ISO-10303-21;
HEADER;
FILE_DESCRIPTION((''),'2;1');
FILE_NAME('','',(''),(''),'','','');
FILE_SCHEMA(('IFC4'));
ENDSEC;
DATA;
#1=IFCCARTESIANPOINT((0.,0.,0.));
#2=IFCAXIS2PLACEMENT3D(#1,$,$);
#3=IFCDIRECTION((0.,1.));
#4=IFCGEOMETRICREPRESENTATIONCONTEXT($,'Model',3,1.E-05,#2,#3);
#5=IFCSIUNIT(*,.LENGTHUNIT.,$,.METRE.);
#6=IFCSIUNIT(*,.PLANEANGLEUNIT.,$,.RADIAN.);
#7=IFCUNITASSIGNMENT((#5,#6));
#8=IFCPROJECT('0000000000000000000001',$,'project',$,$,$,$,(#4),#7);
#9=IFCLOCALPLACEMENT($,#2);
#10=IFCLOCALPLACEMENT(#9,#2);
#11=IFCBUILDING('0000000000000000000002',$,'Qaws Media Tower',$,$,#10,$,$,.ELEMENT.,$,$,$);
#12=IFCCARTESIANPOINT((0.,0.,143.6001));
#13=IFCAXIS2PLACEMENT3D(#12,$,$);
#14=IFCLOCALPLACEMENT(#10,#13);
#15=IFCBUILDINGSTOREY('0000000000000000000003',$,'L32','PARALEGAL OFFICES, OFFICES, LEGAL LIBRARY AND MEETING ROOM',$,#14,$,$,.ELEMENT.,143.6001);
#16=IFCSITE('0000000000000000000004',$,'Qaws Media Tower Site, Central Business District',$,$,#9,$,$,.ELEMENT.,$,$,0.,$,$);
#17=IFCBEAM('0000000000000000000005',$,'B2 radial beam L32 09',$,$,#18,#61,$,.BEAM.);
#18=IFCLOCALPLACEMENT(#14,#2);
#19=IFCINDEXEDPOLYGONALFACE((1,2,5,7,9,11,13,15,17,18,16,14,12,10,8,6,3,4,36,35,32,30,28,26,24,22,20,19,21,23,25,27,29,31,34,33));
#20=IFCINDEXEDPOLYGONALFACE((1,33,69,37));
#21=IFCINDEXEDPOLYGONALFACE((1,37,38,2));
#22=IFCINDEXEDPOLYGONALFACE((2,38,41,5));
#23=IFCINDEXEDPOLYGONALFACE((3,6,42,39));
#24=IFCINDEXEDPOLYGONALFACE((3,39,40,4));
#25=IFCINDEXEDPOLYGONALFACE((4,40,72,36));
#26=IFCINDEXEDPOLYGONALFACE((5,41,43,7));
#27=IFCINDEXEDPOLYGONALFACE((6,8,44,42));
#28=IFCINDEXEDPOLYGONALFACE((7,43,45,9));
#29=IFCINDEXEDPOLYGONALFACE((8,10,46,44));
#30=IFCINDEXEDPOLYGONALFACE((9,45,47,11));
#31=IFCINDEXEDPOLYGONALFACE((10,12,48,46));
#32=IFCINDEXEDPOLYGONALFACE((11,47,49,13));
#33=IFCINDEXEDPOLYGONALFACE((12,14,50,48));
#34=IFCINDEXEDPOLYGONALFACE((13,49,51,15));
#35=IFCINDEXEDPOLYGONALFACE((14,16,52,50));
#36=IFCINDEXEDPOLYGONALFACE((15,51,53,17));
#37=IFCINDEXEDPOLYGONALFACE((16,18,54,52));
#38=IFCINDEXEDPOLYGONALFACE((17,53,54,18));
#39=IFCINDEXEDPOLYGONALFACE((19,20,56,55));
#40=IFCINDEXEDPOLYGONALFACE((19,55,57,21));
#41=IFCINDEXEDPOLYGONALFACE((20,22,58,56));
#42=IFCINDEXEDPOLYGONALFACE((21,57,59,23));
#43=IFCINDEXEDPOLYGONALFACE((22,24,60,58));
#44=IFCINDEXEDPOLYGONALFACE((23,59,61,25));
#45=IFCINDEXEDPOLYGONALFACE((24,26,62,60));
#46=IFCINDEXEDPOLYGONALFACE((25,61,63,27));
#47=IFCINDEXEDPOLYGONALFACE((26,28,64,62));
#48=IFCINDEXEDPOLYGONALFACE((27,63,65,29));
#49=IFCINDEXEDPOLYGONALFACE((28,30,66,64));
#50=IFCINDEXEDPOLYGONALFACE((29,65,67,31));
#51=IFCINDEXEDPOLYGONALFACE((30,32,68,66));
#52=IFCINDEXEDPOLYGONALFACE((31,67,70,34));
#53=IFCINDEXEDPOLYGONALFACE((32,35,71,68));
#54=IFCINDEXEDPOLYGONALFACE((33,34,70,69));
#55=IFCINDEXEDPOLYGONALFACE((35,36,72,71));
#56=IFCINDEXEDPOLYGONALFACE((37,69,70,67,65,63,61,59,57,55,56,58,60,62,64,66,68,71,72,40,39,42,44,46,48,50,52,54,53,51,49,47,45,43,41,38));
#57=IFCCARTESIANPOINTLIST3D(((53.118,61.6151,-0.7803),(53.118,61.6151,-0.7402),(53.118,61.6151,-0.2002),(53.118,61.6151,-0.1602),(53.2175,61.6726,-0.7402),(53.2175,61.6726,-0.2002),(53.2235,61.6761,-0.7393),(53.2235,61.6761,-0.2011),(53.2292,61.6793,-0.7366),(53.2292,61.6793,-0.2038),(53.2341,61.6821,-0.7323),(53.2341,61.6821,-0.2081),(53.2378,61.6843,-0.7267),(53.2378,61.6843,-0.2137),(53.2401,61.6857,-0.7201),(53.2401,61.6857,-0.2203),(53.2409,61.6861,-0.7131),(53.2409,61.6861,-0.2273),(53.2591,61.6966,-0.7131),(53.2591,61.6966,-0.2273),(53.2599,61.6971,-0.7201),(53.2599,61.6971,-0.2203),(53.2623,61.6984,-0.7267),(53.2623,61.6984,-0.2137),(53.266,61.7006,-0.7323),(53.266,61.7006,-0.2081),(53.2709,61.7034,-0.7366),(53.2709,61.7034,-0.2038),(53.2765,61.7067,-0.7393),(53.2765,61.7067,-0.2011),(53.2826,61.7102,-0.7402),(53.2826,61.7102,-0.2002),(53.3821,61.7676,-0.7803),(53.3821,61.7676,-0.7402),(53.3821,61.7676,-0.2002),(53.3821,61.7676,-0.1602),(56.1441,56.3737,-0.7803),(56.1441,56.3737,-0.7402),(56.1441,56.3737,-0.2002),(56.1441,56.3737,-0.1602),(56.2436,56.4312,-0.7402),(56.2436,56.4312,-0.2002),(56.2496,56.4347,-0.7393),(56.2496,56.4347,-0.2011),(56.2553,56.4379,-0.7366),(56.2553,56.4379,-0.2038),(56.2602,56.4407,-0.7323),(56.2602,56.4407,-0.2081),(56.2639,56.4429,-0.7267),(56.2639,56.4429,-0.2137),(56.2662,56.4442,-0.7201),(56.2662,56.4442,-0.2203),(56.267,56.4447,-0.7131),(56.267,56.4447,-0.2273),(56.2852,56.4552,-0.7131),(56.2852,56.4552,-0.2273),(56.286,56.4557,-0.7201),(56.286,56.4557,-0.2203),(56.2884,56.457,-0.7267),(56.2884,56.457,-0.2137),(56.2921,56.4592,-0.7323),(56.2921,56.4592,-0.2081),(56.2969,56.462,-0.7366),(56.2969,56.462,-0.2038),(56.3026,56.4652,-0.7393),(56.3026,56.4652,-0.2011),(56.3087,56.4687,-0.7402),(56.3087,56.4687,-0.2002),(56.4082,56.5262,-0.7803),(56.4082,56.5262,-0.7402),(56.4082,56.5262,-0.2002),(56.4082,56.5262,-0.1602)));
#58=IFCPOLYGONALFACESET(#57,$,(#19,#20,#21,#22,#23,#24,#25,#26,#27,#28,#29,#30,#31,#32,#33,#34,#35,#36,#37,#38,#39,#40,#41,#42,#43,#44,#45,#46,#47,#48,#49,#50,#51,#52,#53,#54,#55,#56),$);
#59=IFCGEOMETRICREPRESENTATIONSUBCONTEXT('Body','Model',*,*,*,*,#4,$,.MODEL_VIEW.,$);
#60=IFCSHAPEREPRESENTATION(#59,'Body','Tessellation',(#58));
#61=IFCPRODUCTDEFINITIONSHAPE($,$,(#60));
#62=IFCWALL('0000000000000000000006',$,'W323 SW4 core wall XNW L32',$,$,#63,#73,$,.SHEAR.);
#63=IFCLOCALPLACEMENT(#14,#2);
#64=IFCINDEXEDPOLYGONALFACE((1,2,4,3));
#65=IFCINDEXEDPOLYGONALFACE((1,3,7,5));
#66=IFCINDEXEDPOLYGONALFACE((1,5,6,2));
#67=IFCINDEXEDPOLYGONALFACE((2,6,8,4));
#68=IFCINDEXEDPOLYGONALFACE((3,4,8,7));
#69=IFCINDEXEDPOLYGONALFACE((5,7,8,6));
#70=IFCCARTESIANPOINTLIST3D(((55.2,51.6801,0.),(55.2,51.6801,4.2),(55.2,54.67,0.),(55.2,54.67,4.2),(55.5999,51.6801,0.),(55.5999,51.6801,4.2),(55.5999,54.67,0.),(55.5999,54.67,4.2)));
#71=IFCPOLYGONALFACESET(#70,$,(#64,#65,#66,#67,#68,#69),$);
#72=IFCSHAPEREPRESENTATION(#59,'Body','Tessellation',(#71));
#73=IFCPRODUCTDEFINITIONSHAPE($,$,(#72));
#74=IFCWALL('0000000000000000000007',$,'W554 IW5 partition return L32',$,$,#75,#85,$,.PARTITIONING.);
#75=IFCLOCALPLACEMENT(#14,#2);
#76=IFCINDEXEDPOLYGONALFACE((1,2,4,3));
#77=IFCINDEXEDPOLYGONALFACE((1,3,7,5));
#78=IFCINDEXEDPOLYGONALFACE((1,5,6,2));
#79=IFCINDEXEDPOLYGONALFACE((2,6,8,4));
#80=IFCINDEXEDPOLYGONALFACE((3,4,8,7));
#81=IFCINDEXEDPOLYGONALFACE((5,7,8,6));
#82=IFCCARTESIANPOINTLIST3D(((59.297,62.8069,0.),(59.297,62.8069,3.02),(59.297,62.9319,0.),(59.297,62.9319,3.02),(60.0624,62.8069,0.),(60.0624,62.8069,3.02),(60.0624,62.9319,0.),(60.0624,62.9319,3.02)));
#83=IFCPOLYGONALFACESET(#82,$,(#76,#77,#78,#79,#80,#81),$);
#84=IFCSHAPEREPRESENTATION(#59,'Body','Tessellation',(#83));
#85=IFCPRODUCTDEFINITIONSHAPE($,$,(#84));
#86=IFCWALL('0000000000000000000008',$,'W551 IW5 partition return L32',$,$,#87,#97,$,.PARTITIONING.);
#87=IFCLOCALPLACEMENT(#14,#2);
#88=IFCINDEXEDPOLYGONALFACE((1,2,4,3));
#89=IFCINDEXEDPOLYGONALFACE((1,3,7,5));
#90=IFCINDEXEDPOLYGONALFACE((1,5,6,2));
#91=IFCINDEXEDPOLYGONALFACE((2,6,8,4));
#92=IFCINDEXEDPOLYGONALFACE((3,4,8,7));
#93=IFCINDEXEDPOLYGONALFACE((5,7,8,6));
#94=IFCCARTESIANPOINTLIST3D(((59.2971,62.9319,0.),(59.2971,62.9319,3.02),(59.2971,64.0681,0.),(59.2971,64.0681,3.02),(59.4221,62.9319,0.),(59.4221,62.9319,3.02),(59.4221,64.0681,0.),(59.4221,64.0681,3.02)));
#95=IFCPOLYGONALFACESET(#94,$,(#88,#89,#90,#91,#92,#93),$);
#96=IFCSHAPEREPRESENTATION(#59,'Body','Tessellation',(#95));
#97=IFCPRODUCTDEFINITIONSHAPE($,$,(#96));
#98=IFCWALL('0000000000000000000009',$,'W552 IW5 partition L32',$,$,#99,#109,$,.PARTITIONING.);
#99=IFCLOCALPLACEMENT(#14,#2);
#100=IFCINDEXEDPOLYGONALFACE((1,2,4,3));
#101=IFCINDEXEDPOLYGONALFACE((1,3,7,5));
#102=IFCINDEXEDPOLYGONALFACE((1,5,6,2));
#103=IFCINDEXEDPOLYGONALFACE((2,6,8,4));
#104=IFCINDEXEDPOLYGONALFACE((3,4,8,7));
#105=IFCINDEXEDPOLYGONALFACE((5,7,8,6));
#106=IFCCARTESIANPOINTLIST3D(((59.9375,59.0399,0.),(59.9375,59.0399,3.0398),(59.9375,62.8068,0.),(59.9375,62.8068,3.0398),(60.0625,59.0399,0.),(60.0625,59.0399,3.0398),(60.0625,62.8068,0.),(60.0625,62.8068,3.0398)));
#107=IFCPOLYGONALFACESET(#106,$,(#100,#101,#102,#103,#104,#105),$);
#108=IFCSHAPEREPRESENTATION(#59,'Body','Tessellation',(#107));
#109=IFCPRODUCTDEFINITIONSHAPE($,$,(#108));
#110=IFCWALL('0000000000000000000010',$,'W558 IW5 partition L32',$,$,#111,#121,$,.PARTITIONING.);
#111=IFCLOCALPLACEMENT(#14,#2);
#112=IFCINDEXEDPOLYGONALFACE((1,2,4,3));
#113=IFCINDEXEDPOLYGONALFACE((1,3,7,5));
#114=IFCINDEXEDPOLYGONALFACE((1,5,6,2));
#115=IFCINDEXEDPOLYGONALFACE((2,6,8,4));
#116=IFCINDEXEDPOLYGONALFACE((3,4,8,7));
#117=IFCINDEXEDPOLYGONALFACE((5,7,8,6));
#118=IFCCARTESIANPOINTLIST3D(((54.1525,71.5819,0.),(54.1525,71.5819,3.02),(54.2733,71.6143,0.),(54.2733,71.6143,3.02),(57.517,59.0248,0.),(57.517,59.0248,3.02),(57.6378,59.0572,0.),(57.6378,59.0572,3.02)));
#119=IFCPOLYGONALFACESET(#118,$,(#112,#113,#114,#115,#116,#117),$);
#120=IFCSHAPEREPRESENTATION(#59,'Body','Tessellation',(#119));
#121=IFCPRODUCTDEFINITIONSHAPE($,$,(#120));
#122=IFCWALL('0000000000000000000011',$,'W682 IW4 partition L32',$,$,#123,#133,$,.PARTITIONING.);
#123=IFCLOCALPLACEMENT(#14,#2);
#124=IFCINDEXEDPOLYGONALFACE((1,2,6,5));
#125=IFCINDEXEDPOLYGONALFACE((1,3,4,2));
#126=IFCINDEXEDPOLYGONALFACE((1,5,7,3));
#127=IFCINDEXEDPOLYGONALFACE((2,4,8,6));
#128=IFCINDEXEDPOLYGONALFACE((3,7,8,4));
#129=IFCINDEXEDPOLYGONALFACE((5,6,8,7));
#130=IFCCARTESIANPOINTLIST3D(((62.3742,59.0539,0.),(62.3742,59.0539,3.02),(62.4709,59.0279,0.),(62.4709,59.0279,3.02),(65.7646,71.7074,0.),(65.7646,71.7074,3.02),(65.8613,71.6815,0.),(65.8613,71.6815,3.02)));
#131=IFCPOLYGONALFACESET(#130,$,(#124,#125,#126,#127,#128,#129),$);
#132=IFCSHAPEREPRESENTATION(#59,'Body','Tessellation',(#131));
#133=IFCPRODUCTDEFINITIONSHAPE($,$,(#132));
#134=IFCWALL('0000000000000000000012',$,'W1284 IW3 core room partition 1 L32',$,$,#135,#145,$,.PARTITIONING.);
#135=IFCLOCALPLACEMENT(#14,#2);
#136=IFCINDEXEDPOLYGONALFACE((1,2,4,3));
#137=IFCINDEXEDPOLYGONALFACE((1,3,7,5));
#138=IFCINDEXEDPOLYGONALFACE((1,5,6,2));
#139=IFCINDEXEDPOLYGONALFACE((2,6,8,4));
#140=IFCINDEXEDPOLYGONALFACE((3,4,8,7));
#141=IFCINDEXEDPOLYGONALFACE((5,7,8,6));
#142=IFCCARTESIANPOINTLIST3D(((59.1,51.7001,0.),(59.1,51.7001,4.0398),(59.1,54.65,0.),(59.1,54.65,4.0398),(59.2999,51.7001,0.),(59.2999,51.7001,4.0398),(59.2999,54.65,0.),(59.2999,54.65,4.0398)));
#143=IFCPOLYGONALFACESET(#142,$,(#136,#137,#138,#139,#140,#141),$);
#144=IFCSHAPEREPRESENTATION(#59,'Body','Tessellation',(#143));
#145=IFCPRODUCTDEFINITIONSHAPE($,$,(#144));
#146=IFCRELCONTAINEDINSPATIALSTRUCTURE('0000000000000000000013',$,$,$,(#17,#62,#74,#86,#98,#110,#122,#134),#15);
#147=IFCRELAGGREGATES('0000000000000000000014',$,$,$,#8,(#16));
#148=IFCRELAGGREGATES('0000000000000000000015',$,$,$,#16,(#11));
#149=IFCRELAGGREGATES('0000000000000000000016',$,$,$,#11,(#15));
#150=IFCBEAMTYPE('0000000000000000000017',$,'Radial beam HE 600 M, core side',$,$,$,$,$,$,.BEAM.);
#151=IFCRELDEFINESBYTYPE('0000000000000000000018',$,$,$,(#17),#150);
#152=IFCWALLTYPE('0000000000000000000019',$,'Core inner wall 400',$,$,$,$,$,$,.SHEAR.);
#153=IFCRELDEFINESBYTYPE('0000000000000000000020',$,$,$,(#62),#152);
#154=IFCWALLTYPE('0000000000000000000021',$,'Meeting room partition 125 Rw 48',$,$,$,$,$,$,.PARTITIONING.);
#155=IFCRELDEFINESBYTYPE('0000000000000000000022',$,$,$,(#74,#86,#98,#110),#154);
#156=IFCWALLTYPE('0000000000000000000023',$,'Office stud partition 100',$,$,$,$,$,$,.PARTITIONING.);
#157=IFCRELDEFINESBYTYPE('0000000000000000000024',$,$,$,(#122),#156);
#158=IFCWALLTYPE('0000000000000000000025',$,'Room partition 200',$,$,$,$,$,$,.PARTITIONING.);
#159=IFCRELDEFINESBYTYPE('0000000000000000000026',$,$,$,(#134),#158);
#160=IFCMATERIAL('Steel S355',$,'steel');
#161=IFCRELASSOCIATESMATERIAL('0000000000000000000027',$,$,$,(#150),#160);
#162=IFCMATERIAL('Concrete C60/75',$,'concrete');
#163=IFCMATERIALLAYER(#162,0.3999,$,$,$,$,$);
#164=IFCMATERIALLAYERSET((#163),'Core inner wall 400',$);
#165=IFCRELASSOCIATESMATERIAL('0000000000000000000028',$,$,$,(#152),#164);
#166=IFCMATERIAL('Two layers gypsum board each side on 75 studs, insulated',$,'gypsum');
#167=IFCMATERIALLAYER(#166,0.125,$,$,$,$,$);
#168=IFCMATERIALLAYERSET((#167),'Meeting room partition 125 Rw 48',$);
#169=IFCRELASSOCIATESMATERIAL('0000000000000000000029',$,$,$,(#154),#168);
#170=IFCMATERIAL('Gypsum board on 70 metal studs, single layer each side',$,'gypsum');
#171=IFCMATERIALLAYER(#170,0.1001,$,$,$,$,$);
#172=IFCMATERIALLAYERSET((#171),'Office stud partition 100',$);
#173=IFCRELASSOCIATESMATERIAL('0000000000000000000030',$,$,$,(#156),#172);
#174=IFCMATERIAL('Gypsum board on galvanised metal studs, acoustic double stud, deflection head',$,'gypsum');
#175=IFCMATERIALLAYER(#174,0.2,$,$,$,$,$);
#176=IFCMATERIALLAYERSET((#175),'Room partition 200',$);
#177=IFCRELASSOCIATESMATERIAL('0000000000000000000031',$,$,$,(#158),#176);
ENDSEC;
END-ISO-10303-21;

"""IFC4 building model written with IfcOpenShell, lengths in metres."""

from ifc_helpers import new_model, si_unit, direction, frame, frame_2d, origin, origin_2d, place, context, subcontext, project, spatial, rectangle, i_section, extrude, material, layer, layer_set, material_profile, profile_set, type_object, element, save


model = new_model("IFC4")

# Units and contexts
model_context = context("Model", 3, precision=1e-05, world=origin(), true_north=direction((0.0, 1.0)))
body_context = subcontext(model_context, "Body", "Model", "MODEL_VIEW")
ifc_project = project(units=[si_unit("LENGTHUNIT", "METRE"), si_unit("PLANEANGLEUNIT", "RADIAN")], contexts=[model_context])

# Site, building, storey
site_placement = place(None, origin())
site = spatial("IfcSite", under=ifc_project, at=site_placement, Name="Qaws Media Tower Site, Central Business District", CompositionType="ELEMENT", RefElevation=0.0)
building_placement = place(site_placement, origin())
building = spatial("IfcBuilding", under=site, at=building_placement, Name="Qaws Media Tower", CompositionType="ELEMENT")
storey_placement = place(building_placement, frame((0.0, 0.0, 143.6001)))
storey = spatial("IfcBuildingStorey", under=building, at=storey_placement, Name="L32", Description="PARALEGAL OFFICES, OFFICES, LEGAL LIBRARY AND MEETING ROOM", CompositionType="ELEMENT", Elevation=143.6001)

# Beam
ifc_material_1 = material(Name="Steel S355", Category="steel")
ifc_material_profile = material_profile(ifc_material_1, i_section(OverallWidth=0.3049, OverallDepth=0.6201, WebThickness=0.021, FlangeThickness=0.04, FilletRadius=0.0271, at=origin_2d()), Name="HE 600 M")
ifc_profile_set = profile_set([ifc_material_profile], Name="Steel S355")
beam_type = type_object("IfcBeamType", Name="Radial beam HE 600 M, core side", PredefinedType="BEAM", material=ifc_profile_set)
beam_1_placement = place(storey_placement, frame((56.2761, 56.45, -0.4702), z_axis=(-0.499996, 0.866028, 0.0), x_axis=(-0.866028, -0.499996, 0.0)))
element("IfcBeam", 1, at=beam_1_placement, inside=storey, type_object=beam_type, Name="B2 radial beam L32 09", PredefinedType="BEAM", context=body_context, shape_type="SweptSolid", body=[
    extrude(i_section(OverallWidth=0.3049, OverallDepth=0.6201, WebThickness=0.021, FlangeThickness=0.04, FilletRadius=0.0271, at=origin_2d()), origin(), (0.0, 0.0, 1.0), 6.0522),
])

# Walls
ifc_material_2 = material(Name="Concrete C60/75", Category="concrete")
ifc_layer_1 = layer(ifc_material_2, 0.3999)
ifc_layer_set_1 = layer_set([ifc_layer_1], Name="Core inner wall 400")
wall_type_1 = type_object("IfcWallType", Name="Core inner wall 400", PredefinedType="SHEAR", material=ifc_layer_set_1)
wall_1_placement = place(storey_placement, frame((55.3999, 51.6799, 0.0), z_axis=(0.0, 0.0, 1.0), x_axis=(0.0, 1.0, 0.0)))
element("IfcWall", 2, at=wall_1_placement, inside=storey, type_object=wall_type_1, Name="W323 SW4 core wall XNW L32", PredefinedType="SHEAR", context=body_context, shape_type="SweptSolid", body=[
    extrude(rectangle(XDim=2.99, YDim=0.3999, at=frame_2d((1.4951, 0.0))), origin(), (0.0, 0.0, 1.0), 4.2),
])
ifc_material_3 = material(Name="Two layers gypsum board each side on 75 studs, insulated", Category="gypsum")
ifc_layer_2 = layer(ifc_material_3, 0.125)
ifc_layer_set_2 = layer_set([ifc_layer_2], Name="Meeting room partition 125 Rw 48")
wall_type_2 = type_object("IfcWallType", Name="Meeting room partition 125 Rw 48", PredefinedType="PARTITIONING", material=ifc_layer_set_2)
wall_2_placement = place(storey_placement, frame((60.0625, 62.8694, 0.0), z_axis=(0.0, 0.0, 1.0), x_axis=(-1.0, 0.0, 0.0)))
element("IfcWall", 3, at=wall_2_placement, inside=storey, type_object=wall_type_2, Name="W554 IW5 partition return L32", PredefinedType="PARTITIONING", context=body_context, shape_type="SweptSolid", body=[
    extrude(rectangle(XDim=0.7654, YDim=0.125, at=frame_2d((0.3828, 0.0))), origin(), (0.0, 0.0, 1.0), 3.02),
])
wall_3_placement = place(storey_placement, frame((59.3596, 62.9319, 0.0), z_axis=(0.0, 0.0, 1.0), x_axis=(0.0, 1.0, 0.0)))
element("IfcWall", 4, at=wall_3_placement, inside=storey, type_object=wall_type_2, Name="W551 IW5 partition return L32", PredefinedType="PARTITIONING", context=body_context, shape_type="SweptSolid", body=[
    extrude(rectangle(XDim=1.1362, YDim=0.125, at=frame_2d((0.5681, 0.0))), origin(), (0.0, 0.0, 1.0), 3.02),
])
wall_4_placement = place(storey_placement, frame((60.0, 59.04, 0.0), z_axis=(0.0, 0.0, 1.0), x_axis=(0.0, 1.0, 0.0)))
element("IfcWall", 5, at=wall_4_placement, inside=storey, type_object=wall_type_2, Name="W552 IW5 partition L32", PredefinedType="PARTITIONING", context=body_context, shape_type="SweptSolid", body=[
    extrude(rectangle(XDim=3.7668, YDim=0.125, at=frame_2d((1.8833, 0.0))), origin(), (0.0, 0.0, 1.0), 3.0398),
])
wall_5_placement = place(storey_placement, frame((57.5774, 59.041, 0.0), z_axis=(0.0, 0.0, 1.0), x_axis=(-0.258807, 0.965929, 0.0)))
element("IfcWall", 6, at=wall_5_placement, inside=storey, type_object=wall_type_2, Name="W558 IW5 partition L32", PredefinedType="PARTITIONING", context=body_context, shape_type="SweptSolid", body=[
    extrude(rectangle(XDim=13.0, YDim=0.125, at=frame_2d((6.5, 0.0))), origin(), (0.0, 0.0, 1.0), 3.02),
])
ifc_material_4 = material(Name="Gypsum board on 70 metal studs, single layer each side", Category="gypsum")
ifc_layer_3 = layer(ifc_material_4, 0.1001)
ifc_layer_set_3 = layer_set([ifc_layer_3], Name="Office stud partition 100")
wall_type_3 = type_object("IfcWallType", Name="Office stud partition 100", PredefinedType="PARTITIONING", material=ifc_layer_set_3)
wall_6_placement = place(storey_placement, frame((62.4226, 59.041, 0.0), z_axis=(0.0, 0.0, 1.0), x_axis=(0.25881, 0.965928, 0.0)))
element("IfcWall", 7, at=wall_6_placement, inside=storey, type_object=wall_type_3, Name="W682 IW4 partition L32", PredefinedType="PARTITIONING", context=body_context, shape_type="SweptSolid", body=[
    extrude(rectangle(XDim=13.0999, YDim=0.1001, at=frame_2d((6.5498, 0.0))), origin(), (0.0, 0.0, 1.0), 3.02),
])

# Shared definitions
ifc_material_5 = material(Name="Gypsum board on galvanised metal studs, acoustic double stud, deflection head", Category="gypsum")
ifc_layer_4 = layer(ifc_material_5, 0.2)
ifc_layer_set_4 = layer_set([ifc_layer_4], Name="Room partition 200")
wall_type_4 = type_object("IfcWallType", Name="Room partition 200", PredefinedType="PARTITIONING", material=ifc_layer_set_4)

# Wall
wall_7_placement = place(storey_placement, frame((59.2, 51.7, 0.0), z_axis=(0.0, 0.0, 1.0), x_axis=(0.0, 1.0, 0.0)))
element("IfcWall", 8, at=wall_7_placement, inside=storey, type_object=wall_type_4, Name="W1284 IW3 core room partition 1 L32", PredefinedType="PARTITIONING", context=body_context, shape_type="SweptSolid", body=[
    extrude(rectangle(XDim=2.95, YDim=0.2, at=frame_2d((1.4751, 0.0))), origin(), (0.0, 0.0, 1.0), 4.0398),
])

save(model, "model.ifc")
